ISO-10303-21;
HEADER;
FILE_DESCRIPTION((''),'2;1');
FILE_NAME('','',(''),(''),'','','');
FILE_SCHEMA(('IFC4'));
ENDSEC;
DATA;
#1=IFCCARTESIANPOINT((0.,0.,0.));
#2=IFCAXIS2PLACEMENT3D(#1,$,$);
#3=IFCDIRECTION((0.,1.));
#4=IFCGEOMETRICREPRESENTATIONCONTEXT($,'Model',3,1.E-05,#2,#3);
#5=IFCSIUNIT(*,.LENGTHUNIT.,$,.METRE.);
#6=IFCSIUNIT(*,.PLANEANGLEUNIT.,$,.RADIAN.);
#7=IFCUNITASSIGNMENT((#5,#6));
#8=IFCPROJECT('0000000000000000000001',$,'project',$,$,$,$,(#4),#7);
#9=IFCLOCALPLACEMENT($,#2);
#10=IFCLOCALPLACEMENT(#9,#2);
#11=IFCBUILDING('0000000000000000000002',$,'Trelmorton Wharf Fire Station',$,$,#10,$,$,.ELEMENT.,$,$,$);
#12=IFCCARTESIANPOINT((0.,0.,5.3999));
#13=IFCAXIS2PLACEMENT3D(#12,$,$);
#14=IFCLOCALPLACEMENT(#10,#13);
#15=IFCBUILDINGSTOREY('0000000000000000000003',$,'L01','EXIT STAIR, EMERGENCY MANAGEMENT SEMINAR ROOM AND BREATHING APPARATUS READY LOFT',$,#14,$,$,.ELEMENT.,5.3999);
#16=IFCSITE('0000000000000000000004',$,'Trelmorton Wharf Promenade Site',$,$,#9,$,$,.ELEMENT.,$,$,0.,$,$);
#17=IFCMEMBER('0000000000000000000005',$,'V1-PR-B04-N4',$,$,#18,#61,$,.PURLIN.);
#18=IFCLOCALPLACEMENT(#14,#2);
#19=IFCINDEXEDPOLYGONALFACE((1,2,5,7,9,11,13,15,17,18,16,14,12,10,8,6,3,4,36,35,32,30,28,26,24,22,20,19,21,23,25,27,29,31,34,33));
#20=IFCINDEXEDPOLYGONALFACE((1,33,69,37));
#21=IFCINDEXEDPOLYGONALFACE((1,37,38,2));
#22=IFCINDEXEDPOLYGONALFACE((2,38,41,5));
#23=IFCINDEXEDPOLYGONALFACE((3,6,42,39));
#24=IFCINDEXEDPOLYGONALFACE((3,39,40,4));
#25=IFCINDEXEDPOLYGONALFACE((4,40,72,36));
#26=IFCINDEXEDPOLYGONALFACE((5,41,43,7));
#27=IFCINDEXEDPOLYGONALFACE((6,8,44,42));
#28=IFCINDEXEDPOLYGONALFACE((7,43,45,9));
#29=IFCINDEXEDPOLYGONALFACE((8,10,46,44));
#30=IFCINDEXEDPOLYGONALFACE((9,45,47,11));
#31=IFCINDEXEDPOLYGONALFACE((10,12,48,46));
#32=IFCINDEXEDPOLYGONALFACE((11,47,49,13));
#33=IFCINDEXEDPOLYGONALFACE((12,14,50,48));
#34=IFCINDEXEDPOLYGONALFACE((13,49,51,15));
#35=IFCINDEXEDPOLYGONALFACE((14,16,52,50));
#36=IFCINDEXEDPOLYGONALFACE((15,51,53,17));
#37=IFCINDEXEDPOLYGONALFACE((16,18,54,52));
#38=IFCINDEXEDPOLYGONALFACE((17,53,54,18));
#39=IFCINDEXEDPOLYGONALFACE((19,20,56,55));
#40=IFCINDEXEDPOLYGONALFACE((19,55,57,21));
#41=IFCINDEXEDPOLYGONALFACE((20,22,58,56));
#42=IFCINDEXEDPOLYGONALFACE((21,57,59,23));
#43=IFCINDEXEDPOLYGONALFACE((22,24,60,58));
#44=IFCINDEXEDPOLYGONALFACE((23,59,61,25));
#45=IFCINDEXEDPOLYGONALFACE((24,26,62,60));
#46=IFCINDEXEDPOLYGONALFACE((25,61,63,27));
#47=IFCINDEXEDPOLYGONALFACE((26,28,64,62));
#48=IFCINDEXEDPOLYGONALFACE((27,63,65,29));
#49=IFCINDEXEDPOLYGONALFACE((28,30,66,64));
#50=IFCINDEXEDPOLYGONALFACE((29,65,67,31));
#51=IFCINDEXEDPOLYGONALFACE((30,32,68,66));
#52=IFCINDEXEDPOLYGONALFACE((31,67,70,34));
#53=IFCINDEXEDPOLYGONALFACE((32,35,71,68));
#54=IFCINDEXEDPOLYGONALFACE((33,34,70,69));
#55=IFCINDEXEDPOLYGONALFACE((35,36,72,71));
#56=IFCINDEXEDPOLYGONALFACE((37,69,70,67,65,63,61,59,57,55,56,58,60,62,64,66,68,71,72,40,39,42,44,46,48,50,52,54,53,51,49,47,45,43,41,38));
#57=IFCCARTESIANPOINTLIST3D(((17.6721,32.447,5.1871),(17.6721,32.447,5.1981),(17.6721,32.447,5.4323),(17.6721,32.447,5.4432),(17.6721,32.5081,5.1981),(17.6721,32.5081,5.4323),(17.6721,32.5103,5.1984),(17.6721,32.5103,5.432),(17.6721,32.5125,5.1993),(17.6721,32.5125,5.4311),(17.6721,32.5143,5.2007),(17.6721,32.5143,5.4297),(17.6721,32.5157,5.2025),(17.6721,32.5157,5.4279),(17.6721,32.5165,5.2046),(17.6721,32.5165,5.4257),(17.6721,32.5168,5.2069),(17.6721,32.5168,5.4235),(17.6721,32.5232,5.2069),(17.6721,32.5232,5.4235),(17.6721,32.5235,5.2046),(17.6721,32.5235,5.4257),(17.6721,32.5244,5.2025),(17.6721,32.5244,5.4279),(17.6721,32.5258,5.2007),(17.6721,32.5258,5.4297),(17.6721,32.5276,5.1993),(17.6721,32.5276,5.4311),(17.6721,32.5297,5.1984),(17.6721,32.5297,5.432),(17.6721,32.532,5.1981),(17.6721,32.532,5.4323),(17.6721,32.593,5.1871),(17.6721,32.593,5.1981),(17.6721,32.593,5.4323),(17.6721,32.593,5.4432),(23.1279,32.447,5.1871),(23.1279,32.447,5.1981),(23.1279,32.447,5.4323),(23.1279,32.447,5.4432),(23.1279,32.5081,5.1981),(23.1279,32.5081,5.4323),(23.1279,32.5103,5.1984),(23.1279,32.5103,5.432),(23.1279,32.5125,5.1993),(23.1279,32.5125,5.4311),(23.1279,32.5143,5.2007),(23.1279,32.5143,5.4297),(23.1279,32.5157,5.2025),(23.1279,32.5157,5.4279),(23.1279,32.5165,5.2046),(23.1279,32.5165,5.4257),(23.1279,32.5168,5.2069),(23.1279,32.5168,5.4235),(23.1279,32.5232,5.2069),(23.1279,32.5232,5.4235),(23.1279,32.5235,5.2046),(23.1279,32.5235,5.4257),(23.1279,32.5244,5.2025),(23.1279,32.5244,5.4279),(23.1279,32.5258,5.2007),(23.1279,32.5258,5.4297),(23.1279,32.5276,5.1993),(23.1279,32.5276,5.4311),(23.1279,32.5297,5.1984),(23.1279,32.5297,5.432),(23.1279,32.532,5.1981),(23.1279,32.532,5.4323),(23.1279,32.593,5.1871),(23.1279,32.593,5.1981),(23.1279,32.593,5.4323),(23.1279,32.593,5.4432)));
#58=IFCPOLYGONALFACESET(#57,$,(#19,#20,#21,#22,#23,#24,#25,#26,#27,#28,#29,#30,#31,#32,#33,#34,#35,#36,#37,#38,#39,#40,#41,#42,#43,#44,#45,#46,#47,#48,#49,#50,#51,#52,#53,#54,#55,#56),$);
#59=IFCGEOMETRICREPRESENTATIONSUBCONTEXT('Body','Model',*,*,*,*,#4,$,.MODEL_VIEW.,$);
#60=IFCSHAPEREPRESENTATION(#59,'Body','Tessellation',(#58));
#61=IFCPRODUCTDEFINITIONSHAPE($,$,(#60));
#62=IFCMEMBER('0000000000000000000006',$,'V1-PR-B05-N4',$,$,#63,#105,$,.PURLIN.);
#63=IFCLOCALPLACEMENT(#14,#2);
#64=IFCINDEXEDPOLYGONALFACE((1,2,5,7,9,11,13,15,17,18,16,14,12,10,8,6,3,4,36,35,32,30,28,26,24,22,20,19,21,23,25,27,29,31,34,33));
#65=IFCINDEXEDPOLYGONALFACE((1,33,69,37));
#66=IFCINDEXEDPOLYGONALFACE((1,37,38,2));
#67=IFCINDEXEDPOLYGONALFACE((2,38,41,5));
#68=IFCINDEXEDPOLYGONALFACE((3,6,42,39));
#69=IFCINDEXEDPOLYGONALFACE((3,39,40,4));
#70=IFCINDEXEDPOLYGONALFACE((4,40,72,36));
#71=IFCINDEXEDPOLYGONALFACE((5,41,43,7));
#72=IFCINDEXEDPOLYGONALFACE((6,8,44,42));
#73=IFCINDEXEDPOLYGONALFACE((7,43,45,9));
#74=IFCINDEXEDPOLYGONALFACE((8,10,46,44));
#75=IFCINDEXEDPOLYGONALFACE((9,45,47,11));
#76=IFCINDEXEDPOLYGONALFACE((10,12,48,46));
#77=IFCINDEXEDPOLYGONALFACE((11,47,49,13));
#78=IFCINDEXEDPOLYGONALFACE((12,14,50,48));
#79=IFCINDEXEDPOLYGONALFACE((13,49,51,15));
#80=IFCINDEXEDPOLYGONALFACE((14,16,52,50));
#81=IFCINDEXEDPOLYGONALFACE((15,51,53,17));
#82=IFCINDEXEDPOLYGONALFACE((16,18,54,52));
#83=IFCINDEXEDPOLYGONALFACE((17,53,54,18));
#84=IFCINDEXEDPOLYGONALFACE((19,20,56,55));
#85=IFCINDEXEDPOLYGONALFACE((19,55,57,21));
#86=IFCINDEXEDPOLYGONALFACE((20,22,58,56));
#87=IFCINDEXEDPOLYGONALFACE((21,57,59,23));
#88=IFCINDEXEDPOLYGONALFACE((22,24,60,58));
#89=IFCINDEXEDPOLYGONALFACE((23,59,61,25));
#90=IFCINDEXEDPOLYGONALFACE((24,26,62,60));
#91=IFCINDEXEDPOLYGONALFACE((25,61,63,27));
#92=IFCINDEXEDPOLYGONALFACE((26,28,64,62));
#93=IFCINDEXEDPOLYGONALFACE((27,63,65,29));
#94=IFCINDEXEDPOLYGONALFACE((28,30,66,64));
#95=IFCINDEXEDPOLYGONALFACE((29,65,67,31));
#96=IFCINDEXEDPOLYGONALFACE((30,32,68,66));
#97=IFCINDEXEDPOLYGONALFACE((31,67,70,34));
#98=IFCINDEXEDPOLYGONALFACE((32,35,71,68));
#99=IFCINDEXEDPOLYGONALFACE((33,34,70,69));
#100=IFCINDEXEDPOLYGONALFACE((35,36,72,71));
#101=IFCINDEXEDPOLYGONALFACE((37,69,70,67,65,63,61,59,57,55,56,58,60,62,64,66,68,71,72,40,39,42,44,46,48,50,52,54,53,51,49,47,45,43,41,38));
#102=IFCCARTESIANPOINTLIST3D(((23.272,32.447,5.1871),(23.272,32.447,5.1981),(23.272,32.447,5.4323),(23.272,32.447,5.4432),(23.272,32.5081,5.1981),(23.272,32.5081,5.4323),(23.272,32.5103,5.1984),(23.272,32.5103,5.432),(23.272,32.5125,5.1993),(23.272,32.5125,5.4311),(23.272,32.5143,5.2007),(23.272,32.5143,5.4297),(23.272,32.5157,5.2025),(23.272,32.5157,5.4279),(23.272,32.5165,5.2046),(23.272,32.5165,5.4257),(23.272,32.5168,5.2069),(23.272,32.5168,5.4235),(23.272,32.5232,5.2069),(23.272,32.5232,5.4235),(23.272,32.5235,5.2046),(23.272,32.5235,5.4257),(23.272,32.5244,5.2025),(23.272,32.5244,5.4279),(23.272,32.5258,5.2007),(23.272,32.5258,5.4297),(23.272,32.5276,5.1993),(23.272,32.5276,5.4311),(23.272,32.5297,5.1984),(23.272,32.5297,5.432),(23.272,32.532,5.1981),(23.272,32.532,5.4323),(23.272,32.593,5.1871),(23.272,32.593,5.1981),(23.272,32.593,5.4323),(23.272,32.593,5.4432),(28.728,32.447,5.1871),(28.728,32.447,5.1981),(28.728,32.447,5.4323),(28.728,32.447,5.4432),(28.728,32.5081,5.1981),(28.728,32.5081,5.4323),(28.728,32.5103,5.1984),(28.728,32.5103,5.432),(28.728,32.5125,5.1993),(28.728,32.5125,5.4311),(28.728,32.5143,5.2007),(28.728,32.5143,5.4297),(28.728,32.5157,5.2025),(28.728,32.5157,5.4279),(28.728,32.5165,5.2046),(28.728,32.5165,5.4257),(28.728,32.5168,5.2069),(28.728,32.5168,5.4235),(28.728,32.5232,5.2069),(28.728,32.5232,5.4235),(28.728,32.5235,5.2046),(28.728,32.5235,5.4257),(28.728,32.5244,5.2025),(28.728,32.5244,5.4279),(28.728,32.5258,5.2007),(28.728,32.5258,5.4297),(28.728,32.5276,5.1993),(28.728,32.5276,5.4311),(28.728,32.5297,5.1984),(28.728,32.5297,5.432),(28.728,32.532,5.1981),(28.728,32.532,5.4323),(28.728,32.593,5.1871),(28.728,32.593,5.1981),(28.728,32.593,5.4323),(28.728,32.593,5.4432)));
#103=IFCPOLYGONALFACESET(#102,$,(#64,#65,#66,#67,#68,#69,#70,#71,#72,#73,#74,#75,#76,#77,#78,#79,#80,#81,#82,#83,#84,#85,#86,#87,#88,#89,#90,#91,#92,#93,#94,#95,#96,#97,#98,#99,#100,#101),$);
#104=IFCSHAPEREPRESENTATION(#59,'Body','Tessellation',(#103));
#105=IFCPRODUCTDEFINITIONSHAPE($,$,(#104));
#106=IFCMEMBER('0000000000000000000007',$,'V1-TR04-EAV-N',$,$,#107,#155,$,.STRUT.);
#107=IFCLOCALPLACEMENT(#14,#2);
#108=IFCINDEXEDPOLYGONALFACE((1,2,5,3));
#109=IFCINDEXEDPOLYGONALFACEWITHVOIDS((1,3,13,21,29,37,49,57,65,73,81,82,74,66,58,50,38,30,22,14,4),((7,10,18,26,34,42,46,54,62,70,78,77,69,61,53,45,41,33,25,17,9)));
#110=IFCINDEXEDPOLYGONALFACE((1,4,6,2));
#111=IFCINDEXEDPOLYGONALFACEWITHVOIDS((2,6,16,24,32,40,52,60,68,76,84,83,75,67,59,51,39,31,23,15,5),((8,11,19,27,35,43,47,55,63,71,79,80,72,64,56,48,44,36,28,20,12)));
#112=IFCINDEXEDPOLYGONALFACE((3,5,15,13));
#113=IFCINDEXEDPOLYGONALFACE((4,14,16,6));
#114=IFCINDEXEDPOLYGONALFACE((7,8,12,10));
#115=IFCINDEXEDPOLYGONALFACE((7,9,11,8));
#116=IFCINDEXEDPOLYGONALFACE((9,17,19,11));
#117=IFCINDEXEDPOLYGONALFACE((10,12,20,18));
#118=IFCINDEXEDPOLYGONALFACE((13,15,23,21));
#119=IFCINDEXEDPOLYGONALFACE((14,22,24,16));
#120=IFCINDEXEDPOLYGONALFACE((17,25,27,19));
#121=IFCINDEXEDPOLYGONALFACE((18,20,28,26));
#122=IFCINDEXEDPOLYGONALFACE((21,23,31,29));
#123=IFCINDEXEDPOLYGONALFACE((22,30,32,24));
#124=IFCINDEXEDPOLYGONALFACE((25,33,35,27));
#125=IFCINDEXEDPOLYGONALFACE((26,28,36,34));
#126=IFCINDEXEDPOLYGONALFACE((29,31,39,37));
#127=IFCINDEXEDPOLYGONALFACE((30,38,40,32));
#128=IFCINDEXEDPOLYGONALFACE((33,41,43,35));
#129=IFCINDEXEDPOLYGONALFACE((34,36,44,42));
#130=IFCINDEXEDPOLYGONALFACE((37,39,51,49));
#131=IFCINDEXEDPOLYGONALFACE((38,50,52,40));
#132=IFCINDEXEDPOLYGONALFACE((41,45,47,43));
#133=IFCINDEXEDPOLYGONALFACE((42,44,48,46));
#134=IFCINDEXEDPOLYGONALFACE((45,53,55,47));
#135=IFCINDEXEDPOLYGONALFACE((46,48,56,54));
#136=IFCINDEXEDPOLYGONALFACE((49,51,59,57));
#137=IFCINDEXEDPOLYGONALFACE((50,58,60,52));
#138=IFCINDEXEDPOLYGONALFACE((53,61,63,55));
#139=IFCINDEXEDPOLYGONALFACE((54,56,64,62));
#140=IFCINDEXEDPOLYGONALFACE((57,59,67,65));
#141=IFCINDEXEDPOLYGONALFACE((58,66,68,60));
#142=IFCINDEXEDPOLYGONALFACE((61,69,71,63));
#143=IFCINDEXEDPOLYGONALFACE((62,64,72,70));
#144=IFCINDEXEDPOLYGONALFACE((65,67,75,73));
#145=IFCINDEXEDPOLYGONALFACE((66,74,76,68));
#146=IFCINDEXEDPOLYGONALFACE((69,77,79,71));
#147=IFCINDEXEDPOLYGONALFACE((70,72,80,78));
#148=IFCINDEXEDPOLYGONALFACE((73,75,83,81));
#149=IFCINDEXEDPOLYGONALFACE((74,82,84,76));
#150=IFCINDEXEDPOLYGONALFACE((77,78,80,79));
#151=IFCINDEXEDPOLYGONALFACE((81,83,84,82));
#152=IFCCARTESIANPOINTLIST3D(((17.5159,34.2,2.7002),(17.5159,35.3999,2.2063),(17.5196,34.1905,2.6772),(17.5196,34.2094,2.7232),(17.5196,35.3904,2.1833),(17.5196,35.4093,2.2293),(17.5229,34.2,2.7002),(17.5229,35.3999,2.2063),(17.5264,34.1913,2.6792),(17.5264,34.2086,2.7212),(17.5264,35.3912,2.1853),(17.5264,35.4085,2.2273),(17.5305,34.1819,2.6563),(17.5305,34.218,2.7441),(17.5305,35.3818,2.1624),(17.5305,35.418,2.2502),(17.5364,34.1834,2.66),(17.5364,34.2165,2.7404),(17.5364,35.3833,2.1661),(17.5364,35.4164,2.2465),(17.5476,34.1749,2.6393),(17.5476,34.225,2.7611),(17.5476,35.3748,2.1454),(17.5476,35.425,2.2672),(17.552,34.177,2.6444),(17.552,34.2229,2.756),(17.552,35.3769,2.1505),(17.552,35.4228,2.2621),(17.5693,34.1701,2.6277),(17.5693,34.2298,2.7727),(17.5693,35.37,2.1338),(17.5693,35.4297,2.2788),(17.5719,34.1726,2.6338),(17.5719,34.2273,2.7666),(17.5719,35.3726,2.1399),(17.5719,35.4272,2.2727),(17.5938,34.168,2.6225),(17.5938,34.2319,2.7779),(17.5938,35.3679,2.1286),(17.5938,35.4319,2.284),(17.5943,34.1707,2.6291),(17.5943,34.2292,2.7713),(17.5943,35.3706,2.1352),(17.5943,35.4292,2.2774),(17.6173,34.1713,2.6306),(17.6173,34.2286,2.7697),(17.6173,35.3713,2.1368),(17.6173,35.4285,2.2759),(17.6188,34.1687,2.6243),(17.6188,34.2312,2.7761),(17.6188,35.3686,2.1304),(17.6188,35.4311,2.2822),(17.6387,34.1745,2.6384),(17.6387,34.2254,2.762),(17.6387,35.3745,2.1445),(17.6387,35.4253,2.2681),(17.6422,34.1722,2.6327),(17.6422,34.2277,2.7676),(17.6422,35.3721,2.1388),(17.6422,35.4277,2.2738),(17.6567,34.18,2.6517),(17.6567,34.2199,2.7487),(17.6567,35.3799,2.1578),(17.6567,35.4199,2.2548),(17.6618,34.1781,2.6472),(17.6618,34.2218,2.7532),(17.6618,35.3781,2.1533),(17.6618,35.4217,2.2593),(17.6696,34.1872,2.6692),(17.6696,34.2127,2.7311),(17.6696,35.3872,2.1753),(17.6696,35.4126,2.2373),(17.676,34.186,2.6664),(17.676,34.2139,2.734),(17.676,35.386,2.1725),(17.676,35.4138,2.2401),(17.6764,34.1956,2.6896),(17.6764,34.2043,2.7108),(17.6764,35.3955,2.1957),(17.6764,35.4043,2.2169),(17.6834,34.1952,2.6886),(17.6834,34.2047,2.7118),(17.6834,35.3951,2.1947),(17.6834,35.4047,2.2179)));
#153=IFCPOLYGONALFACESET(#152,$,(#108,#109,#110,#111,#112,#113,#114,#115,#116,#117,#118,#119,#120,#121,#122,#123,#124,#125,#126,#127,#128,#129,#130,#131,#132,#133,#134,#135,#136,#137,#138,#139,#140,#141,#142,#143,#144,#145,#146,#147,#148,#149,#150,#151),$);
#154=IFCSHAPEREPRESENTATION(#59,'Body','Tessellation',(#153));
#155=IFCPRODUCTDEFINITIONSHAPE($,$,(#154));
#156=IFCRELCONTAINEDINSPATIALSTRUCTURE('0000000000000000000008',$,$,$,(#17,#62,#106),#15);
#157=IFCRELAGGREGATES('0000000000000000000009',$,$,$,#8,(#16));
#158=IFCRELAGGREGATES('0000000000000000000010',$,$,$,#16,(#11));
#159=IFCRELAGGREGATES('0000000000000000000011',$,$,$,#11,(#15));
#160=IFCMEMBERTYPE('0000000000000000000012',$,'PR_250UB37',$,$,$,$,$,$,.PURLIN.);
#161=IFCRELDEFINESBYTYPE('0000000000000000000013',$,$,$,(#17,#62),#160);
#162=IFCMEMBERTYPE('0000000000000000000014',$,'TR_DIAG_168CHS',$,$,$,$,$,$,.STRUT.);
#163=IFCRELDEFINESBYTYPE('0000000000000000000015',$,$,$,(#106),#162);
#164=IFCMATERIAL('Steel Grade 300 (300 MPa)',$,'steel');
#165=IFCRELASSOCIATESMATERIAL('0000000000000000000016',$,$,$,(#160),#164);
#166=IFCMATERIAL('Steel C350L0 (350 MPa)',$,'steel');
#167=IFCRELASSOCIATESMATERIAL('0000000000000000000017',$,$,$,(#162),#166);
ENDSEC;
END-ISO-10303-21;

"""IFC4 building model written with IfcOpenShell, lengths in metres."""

from ifc_helpers import new_model, si_unit, direction, frame, origin, origin_2d, place, context, subcontext, project, spatial, hollow_circle, i_section, extrude, material, material_profile, profile_set, type_object, element, save


model = new_model("IFC4")

# Units and contexts
model_context = context("Model", 3, precision=1e-05, world=origin(), true_north=direction((0.0, 1.0)))
body_context = subcontext(model_context, "Body", "Model", "MODEL_VIEW")
ifc_project = project(units=[si_unit("LENGTHUNIT", "METRE"), si_unit("PLANEANGLEUNIT", "RADIAN")], contexts=[model_context])

# Site, building, storey
site_placement = place(None, origin())
site = spatial("IfcSite", under=ifc_project, at=site_placement, Name="Trelmorton Wharf Promenade Site", CompositionType="ELEMENT", RefElevation=0.0)
building_placement = place(site_placement, origin())
building = spatial("IfcBuilding", under=site, at=building_placement, Name="Trelmorton Wharf Fire Station", CompositionType="ELEMENT")
storey_placement = place(building_placement, frame((0.0, 0.0, 5.3999)))
storey = spatial("IfcBuildingStorey", under=building, at=storey_placement, Name="L01", Description="EXIT STAIR, EMERGENCY MANAGEMENT SEMINAR ROOM AND BREATHING APPARATUS READY LOFT", CompositionType="ELEMENT", Elevation=5.3999)

# Members
ifc_material_1 = material(Name="Steel Grade 300 (300 MPa)", Category="steel")
ifc_material_profile_1 = material_profile(ifc_material_1, i_section(OverallWidth=0.146, OverallDepth=0.2561, WebThickness=0.0063, FlangeThickness=0.011, FilletRadius=0.0088, at=origin_2d()), Name="250UB37.3")
ifc_profile_set_1 = profile_set([ifc_material_profile_1], Name="Steel Grade 300 (300 MPa)")
member_type_1 = type_object("IfcMemberType", Name="PR_250UB37", PredefinedType="PURLIN", material=ifc_profile_set_1)
member_1_placement = place(storey_placement, frame((17.6721, 32.52, 5.3152), z_axis=(1.0, 0.0, 0.0), x_axis=(0.0, 1.0, 0.0)))
element("IfcMember", 1, at=member_1_placement, inside=storey, type_object=member_type_1, Name="V1-PR-B04-N4", PredefinedType="PURLIN", context=body_context, shape_type="SweptSolid", body=[
    extrude(i_section(OverallWidth=0.146, OverallDepth=0.2561, WebThickness=0.0063, FlangeThickness=0.011, FilletRadius=0.0088, at=origin_2d()), origin(), (0.0, 0.0, 1.0), 5.4558),
])
member_2_placement = place(storey_placement, frame((23.272, 32.52, 5.3152), z_axis=(1.0, 0.0, 0.0), x_axis=(0.0, 1.0, 0.0)))
element("IfcMember", 2, at=member_2_placement, inside=storey, type_object=member_type_1, Name="V1-PR-B05-N4", PredefinedType="PURLIN", context=body_context, shape_type="SweptSolid", body=[
    extrude(i_section(OverallWidth=0.146, OverallDepth=0.2561, WebThickness=0.0063, FlangeThickness=0.011, FilletRadius=0.0088, at=origin_2d()), origin(), (0.0, 0.0, 1.0), 5.4561),
])
ifc_material_2 = material(Name="Steel C350L0 (350 MPa)", Category="steel")
ifc_material_profile_2 = material_profile(ifc_material_2, hollow_circle(Radius=0.0842, WallThickness=0.0071, at=origin_2d()), Name="168.3x7.1CHS")
ifc_profile_set_2 = profile_set([ifc_material_profile_2], Name="Steel C350L0 (350 MPa)")
member_type_2 = type_object("IfcMemberType", Name="TR_DIAG_168CHS", PredefinedType="STRUT", material=ifc_profile_set_2)
member_3_placement = place(storey_placement, frame((17.6001, 34.2, 2.7002), z_axis=(0.0, 0.924733, -0.380617), x_axis=(-1.0, 0.0, 0.0)))
element("IfcMember", 3, at=member_3_placement, inside=storey, type_object=member_type_2, Name="V1-TR04-EAV-N", PredefinedType="STRUT", context=body_context, shape_type="SweptSolid", body=[
    extrude(hollow_circle(Radius=0.0842, WallThickness=0.0071, at=origin_2d()), origin(), (0.0, 0.0, 1.0), 1.2976),
])

save(model, "model.ifc")
